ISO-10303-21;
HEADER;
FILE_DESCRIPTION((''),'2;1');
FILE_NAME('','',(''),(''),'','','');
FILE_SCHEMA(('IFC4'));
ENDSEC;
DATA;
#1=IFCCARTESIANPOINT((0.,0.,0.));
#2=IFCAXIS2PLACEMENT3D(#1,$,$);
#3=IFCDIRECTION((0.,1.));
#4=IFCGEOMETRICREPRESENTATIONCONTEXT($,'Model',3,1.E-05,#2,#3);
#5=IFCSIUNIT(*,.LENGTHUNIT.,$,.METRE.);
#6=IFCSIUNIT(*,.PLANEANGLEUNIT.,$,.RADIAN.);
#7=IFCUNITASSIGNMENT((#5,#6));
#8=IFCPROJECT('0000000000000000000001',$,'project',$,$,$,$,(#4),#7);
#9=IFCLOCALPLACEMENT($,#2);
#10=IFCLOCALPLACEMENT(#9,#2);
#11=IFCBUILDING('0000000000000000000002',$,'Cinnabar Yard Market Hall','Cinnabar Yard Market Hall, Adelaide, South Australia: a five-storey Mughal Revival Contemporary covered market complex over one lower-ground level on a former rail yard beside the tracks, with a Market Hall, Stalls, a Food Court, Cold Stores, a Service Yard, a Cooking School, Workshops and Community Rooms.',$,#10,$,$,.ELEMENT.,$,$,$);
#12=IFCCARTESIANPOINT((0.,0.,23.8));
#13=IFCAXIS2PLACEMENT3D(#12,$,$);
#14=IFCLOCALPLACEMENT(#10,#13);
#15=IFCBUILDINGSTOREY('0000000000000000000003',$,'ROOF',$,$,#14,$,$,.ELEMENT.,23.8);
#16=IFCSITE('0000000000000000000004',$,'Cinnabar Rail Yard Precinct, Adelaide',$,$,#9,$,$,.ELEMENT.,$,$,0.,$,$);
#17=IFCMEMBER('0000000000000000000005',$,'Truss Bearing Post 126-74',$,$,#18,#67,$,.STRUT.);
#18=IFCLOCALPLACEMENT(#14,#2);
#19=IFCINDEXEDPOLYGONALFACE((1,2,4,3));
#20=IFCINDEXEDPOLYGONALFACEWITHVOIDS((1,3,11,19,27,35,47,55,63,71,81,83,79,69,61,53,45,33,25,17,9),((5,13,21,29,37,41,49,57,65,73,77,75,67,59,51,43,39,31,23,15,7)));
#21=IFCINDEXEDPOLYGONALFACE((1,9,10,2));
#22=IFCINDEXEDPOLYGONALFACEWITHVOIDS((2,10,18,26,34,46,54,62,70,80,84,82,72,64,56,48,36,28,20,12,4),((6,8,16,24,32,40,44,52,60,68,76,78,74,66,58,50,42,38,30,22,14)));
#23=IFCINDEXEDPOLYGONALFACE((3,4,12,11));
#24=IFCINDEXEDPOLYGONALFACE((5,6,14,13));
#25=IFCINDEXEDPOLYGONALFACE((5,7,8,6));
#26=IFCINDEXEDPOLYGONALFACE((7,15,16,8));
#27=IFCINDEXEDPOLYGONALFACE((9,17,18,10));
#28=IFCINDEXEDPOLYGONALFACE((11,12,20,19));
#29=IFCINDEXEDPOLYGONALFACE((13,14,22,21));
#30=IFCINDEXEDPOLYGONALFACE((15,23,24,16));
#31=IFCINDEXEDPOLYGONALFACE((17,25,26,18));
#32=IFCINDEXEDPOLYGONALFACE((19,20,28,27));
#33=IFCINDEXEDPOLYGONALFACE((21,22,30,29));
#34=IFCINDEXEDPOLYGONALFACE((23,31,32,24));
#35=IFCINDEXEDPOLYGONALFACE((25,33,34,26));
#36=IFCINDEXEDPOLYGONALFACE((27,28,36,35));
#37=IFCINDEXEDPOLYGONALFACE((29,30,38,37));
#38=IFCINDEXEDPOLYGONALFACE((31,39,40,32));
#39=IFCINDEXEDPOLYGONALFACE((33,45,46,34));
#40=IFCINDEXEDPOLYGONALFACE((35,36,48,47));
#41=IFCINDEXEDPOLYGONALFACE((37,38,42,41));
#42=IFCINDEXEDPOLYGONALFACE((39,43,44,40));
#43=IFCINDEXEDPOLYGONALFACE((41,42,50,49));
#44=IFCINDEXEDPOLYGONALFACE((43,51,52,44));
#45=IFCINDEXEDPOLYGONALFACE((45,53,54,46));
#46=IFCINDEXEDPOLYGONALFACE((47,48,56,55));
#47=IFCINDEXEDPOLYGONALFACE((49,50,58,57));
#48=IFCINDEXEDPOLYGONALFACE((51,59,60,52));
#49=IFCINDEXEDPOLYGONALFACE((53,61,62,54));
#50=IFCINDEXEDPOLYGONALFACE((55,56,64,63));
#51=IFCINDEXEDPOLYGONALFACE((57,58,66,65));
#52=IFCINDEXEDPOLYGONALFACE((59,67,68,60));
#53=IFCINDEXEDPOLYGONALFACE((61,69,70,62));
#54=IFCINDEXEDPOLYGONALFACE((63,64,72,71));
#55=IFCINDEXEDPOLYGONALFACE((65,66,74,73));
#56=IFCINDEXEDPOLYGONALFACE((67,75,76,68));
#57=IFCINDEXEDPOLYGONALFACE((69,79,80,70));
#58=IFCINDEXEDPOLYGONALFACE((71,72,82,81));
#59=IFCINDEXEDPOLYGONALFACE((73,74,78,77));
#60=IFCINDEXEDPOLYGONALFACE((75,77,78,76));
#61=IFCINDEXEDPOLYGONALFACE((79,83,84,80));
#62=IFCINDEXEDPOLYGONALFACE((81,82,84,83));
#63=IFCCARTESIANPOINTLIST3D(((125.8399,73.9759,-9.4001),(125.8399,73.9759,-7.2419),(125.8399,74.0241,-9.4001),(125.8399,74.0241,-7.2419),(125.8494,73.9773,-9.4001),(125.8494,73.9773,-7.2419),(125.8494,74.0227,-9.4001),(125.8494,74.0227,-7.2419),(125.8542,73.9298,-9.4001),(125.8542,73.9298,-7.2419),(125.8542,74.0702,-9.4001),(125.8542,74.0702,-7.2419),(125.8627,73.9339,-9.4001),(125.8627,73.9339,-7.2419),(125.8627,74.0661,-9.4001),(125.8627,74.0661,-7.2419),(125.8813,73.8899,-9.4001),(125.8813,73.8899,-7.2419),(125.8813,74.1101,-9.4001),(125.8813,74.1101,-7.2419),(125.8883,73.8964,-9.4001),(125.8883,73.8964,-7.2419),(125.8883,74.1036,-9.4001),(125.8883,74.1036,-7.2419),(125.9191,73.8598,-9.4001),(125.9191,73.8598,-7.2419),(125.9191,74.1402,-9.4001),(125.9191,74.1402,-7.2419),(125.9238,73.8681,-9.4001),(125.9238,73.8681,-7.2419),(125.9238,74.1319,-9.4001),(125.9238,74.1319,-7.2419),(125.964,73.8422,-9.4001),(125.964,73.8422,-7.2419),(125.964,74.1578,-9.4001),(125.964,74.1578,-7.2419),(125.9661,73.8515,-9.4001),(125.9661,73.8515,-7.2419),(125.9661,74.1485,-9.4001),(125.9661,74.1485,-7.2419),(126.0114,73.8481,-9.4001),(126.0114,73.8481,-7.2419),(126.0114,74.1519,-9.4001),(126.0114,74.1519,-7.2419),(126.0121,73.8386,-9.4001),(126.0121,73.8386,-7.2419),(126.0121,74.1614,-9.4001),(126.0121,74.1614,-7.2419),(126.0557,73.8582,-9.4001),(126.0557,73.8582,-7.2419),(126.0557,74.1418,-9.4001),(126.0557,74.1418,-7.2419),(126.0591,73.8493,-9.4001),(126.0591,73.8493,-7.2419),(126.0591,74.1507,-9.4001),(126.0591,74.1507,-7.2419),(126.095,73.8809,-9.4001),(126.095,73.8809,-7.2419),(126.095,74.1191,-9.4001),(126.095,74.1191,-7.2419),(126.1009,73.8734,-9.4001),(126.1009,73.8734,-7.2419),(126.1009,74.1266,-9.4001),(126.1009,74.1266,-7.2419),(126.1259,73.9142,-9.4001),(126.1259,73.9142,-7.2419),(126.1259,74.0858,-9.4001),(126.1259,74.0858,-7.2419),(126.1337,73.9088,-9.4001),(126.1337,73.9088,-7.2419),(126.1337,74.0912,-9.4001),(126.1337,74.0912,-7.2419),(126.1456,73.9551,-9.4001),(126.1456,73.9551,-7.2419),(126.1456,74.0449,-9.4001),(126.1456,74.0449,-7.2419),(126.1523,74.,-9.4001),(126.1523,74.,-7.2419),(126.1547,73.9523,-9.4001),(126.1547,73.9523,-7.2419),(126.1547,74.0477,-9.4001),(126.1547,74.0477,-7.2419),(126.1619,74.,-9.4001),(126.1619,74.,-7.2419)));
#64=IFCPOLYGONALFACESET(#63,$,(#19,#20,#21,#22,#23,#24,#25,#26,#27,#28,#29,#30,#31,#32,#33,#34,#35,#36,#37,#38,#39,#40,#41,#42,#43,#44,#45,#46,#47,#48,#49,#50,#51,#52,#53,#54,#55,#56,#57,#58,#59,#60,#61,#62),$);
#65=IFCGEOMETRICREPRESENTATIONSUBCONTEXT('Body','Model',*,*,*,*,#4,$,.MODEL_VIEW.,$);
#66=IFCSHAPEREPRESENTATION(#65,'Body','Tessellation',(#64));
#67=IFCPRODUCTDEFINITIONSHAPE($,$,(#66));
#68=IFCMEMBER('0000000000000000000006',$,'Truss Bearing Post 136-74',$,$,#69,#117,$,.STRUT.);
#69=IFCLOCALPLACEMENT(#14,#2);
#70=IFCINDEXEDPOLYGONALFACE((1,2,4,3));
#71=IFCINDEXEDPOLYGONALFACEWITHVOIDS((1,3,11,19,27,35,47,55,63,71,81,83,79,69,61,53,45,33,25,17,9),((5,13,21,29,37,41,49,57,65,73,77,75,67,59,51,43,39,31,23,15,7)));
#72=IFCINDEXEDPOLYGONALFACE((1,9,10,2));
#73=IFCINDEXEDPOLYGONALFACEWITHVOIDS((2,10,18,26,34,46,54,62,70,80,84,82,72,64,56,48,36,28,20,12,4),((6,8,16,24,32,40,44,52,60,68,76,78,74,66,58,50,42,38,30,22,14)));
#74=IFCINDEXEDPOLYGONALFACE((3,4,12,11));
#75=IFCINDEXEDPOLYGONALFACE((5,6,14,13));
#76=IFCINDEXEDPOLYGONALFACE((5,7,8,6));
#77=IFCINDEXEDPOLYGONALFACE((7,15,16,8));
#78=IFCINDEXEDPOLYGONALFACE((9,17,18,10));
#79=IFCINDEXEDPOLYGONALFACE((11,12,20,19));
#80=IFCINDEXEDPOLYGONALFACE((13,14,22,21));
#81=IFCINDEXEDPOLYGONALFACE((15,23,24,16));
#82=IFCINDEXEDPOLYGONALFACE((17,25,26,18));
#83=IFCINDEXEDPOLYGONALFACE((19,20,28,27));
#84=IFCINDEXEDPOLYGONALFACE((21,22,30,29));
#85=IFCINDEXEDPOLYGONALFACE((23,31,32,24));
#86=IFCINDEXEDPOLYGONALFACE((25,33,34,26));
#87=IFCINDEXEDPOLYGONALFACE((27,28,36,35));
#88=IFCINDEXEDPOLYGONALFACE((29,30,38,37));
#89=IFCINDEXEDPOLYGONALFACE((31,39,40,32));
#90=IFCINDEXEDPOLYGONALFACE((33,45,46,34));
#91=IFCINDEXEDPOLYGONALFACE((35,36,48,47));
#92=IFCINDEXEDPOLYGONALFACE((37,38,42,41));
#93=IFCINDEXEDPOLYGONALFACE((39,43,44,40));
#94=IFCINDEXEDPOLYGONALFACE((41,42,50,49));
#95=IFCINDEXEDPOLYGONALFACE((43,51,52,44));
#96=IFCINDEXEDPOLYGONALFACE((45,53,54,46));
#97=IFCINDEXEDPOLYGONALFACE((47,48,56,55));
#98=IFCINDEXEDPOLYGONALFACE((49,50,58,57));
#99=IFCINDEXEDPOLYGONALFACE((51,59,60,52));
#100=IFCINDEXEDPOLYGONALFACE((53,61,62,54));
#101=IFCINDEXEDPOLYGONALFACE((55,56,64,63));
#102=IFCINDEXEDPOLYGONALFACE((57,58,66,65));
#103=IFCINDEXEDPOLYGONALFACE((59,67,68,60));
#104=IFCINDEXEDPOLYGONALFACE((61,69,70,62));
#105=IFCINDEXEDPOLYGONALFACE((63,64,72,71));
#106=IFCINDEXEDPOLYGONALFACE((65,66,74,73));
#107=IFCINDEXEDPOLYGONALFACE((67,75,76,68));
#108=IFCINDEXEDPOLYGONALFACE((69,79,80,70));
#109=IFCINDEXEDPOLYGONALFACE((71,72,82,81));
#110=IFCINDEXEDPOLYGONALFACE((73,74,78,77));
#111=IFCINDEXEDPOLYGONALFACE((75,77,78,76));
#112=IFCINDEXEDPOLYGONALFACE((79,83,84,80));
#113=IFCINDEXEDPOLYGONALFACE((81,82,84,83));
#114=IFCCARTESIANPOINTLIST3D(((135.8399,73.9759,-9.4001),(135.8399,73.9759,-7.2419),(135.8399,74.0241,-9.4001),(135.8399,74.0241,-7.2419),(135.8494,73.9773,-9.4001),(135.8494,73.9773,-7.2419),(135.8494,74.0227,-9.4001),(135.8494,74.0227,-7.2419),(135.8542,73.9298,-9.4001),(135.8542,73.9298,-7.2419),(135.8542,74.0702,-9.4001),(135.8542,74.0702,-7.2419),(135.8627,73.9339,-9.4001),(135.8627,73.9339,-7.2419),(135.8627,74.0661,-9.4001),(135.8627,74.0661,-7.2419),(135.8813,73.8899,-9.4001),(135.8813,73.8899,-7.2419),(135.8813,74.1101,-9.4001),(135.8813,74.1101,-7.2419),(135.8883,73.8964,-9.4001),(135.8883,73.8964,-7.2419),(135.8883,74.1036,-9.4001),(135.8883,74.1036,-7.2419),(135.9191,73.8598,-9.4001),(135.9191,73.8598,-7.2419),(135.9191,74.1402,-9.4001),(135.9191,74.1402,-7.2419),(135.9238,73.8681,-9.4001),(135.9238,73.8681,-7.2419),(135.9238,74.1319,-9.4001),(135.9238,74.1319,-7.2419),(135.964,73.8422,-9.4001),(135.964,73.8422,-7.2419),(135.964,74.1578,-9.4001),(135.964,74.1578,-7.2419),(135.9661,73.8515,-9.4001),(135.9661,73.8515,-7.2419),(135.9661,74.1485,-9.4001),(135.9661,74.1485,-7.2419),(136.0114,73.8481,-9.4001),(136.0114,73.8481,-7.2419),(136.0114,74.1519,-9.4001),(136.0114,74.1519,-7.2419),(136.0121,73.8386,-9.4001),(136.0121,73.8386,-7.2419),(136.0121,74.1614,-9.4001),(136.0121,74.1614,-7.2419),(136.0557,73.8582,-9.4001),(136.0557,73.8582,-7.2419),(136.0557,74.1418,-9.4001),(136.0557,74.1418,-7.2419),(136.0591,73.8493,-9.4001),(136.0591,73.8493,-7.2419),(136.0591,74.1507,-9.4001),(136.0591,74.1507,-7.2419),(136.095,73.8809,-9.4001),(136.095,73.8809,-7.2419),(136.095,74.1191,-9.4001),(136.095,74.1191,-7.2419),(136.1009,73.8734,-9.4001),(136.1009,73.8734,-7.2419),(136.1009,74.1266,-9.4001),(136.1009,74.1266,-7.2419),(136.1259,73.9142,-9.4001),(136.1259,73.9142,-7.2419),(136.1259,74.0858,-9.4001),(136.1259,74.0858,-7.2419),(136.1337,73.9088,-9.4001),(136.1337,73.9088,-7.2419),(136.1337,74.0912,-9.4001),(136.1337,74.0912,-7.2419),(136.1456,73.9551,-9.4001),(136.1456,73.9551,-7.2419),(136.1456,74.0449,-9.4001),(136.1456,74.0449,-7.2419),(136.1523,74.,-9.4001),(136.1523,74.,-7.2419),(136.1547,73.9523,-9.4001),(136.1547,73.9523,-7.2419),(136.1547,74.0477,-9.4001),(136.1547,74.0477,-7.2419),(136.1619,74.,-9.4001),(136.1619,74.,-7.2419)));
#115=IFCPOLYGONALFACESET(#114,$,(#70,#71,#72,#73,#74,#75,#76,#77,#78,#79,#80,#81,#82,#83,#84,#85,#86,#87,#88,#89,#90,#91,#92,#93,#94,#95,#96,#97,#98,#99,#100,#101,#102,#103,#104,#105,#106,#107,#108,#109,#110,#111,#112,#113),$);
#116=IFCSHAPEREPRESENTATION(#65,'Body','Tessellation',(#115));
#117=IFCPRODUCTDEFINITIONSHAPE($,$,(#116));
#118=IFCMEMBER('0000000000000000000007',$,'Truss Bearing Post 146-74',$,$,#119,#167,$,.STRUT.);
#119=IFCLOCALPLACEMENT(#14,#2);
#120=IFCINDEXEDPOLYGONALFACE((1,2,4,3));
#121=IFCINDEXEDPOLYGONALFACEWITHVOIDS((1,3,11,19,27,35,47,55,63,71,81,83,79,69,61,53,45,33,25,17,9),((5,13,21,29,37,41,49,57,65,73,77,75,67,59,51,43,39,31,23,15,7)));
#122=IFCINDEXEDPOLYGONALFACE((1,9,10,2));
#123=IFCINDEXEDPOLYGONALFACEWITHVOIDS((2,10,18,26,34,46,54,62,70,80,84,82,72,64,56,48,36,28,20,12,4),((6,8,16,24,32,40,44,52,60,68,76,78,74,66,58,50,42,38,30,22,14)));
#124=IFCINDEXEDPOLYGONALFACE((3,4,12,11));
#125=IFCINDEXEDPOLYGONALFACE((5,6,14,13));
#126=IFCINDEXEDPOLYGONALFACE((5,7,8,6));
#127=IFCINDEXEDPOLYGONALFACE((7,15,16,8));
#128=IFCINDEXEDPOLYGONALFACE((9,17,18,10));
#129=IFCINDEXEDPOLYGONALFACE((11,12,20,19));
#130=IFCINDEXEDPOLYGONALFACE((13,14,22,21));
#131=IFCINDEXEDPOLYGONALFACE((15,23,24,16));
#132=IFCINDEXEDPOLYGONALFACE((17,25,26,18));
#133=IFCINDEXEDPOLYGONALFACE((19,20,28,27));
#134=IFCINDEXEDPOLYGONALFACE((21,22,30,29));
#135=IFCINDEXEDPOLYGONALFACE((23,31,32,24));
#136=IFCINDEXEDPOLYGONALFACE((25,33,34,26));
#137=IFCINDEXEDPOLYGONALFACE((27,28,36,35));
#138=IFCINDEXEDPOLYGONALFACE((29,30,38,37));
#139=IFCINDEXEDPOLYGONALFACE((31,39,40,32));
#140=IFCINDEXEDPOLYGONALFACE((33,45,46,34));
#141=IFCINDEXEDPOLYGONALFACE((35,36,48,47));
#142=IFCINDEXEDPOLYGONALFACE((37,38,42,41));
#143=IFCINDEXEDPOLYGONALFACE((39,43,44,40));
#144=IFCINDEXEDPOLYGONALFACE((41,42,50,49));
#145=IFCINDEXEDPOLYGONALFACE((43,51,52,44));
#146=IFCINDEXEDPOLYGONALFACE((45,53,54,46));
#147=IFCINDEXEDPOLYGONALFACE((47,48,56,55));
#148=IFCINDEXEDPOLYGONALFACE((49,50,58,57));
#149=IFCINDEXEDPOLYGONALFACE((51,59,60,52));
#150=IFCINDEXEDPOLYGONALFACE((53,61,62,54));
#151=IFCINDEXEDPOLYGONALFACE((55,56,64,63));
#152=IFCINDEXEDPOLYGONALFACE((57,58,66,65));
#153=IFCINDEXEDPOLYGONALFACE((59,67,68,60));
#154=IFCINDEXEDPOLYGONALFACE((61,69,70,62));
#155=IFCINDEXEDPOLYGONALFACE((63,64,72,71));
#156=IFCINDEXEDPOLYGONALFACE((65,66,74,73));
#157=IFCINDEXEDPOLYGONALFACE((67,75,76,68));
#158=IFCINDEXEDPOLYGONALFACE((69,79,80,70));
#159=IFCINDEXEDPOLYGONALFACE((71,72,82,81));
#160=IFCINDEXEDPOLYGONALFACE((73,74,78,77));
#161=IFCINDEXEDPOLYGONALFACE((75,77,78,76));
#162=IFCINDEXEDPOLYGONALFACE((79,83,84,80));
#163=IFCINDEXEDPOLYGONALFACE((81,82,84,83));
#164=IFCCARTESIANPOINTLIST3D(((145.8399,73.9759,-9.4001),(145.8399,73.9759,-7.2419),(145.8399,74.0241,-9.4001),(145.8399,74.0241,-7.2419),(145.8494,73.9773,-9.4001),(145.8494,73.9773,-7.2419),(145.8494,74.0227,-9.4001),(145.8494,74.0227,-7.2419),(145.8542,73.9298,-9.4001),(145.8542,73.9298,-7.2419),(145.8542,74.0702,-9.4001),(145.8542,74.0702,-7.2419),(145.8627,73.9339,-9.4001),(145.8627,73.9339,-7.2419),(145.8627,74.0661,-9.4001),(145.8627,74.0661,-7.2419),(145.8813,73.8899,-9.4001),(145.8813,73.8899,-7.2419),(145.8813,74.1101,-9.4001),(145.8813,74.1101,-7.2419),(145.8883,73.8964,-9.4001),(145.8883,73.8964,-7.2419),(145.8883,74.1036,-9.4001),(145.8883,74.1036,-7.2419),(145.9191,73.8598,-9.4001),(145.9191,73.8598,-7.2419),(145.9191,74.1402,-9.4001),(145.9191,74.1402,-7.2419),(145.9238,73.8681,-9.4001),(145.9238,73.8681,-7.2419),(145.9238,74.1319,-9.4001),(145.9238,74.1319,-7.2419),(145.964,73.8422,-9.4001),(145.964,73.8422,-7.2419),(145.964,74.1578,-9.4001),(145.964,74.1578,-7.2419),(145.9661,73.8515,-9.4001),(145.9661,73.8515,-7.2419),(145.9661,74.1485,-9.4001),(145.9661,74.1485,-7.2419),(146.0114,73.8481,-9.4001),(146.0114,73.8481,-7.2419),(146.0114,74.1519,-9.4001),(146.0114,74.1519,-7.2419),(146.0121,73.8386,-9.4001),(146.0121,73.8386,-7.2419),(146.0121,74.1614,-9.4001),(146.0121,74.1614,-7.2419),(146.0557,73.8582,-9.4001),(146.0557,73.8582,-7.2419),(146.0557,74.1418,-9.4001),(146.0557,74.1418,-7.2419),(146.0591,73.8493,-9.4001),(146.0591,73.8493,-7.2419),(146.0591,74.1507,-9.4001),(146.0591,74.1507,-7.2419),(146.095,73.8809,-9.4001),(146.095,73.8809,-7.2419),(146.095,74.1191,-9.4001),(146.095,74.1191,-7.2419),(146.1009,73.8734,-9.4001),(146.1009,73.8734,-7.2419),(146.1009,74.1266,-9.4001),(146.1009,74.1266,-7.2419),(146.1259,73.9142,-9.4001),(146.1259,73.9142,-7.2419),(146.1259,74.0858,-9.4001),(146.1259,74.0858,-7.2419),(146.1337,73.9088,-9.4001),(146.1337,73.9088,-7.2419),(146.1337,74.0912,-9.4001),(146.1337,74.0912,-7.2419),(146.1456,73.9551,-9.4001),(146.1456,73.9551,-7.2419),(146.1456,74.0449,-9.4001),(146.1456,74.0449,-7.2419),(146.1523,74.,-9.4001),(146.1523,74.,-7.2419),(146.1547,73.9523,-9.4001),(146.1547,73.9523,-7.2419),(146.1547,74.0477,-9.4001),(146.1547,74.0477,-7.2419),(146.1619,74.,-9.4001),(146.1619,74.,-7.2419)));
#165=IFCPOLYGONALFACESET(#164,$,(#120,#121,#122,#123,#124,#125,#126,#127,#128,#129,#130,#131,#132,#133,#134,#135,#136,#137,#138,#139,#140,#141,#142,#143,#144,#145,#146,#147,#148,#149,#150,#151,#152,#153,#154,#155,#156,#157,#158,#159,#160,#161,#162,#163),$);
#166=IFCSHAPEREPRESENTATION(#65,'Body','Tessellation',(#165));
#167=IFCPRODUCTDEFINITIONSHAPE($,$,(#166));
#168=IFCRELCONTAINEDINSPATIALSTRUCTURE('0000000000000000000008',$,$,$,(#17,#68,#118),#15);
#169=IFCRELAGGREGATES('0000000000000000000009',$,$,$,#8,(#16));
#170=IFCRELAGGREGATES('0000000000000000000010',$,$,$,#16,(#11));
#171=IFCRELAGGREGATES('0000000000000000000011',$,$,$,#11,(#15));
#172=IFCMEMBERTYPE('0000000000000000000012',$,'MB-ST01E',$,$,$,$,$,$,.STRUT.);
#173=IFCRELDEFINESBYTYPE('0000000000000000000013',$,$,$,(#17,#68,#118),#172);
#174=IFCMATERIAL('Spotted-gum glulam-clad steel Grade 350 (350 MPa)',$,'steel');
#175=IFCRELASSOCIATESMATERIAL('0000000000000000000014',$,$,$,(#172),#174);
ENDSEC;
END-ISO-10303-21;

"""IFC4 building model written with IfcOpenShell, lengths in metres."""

from ifc_helpers import new_model, si_unit, direction, frame, origin, origin_2d_with_axis, place, context, subcontext, project, spatial, hollow_circle, extrude, material, material_profile, profile_set, type_object, element, save


model = new_model("IFC4")

# Units and contexts
model_context = context("Model", 3, precision=1e-05, world=origin(), true_north=direction((0.0, 1.0)))
body_context = subcontext(model_context, "Body", "Model", "MODEL_VIEW")
ifc_project = project(units=[si_unit("LENGTHUNIT", "METRE"), si_unit("PLANEANGLEUNIT", "RADIAN")], contexts=[model_context])

# Site, building, storey
site_placement = place(None, origin())
site = spatial("IfcSite", under=ifc_project, at=site_placement, Name="Cinnabar Rail Yard Precinct, Adelaide", CompositionType="ELEMENT", RefElevation=0.0)
building_placement = place(site_placement, origin())
building = spatial("IfcBuilding", under=site, at=building_placement, Name="Cinnabar Yard Market Hall", Description="Cinnabar Yard Market Hall, Adelaide, South Australia: a five-storey Mughal Revival Contemporary covered market complex over one lower-ground level on a former rail yard beside the tracks, with a Market Hall, Stalls, a Food Court, Cold Stores, a Service Yard, a Cooking School, Workshops and Community Rooms.", CompositionType="ELEMENT")
storey_placement = place(building_placement, frame((0.0, 0.0, 23.8)))
storey = spatial("IfcBuildingStorey", under=building, at=storey_placement, Name="ROOF", CompositionType="ELEMENT", Elevation=23.8)

# Members
ifc_material_1 = material(Name="Spotted-gum glulam-clad steel Grade 350 (350 MPa)", Category="steel")
ifc_material_profile_1 = material_profile(ifc_material_1, hollow_circle(Radius=0.1619, WallThickness=0.0095, at=origin_2d_with_axis()), Name="323.9x9.5CHS")
ifc_profile_set_1 = profile_set([ifc_material_profile_1], Name="Spotted-gum glulam-clad steel Grade 350 (350 MPa)")
member_type_1 = type_object("IfcMemberType", Name="MB-ST01E", PredefinedType="STRUT", material=ifc_profile_set_1)
for number, where, z_axis, x_axis, name in (
    (1, (126.0, 74.0, -9.4001), (0.0, 0.0, 1.0), (1.0, 0.0, 0.0), "Truss Bearing Post 126-74"),
    (2, (136.0, 74.0, -9.4001), (0.0, 0.0, 1.0), (1.0, 0.0, 0.0), "Truss Bearing Post 136-74"),
    (3, (146.0, 74.0, -9.4001), (0.0, 0.0, 1.0), (1.0, 0.0, 0.0), "Truss Bearing Post 146-74"),
):
    element("IfcMember", number, at=place(storey_placement, frame(where, z_axis=z_axis, x_axis=x_axis)), inside=storey, type_object=member_type_1, Name=name, PredefinedType="STRUT", context=body_context, shape_type="SweptSolid", body=[
        extrude(hollow_circle(Radius=0.1619, WallThickness=0.0095, at=origin_2d_with_axis()), origin(), (0.0, 0.0, 1.0), 2.1582),
    ])

save(model, "model.ifc")
